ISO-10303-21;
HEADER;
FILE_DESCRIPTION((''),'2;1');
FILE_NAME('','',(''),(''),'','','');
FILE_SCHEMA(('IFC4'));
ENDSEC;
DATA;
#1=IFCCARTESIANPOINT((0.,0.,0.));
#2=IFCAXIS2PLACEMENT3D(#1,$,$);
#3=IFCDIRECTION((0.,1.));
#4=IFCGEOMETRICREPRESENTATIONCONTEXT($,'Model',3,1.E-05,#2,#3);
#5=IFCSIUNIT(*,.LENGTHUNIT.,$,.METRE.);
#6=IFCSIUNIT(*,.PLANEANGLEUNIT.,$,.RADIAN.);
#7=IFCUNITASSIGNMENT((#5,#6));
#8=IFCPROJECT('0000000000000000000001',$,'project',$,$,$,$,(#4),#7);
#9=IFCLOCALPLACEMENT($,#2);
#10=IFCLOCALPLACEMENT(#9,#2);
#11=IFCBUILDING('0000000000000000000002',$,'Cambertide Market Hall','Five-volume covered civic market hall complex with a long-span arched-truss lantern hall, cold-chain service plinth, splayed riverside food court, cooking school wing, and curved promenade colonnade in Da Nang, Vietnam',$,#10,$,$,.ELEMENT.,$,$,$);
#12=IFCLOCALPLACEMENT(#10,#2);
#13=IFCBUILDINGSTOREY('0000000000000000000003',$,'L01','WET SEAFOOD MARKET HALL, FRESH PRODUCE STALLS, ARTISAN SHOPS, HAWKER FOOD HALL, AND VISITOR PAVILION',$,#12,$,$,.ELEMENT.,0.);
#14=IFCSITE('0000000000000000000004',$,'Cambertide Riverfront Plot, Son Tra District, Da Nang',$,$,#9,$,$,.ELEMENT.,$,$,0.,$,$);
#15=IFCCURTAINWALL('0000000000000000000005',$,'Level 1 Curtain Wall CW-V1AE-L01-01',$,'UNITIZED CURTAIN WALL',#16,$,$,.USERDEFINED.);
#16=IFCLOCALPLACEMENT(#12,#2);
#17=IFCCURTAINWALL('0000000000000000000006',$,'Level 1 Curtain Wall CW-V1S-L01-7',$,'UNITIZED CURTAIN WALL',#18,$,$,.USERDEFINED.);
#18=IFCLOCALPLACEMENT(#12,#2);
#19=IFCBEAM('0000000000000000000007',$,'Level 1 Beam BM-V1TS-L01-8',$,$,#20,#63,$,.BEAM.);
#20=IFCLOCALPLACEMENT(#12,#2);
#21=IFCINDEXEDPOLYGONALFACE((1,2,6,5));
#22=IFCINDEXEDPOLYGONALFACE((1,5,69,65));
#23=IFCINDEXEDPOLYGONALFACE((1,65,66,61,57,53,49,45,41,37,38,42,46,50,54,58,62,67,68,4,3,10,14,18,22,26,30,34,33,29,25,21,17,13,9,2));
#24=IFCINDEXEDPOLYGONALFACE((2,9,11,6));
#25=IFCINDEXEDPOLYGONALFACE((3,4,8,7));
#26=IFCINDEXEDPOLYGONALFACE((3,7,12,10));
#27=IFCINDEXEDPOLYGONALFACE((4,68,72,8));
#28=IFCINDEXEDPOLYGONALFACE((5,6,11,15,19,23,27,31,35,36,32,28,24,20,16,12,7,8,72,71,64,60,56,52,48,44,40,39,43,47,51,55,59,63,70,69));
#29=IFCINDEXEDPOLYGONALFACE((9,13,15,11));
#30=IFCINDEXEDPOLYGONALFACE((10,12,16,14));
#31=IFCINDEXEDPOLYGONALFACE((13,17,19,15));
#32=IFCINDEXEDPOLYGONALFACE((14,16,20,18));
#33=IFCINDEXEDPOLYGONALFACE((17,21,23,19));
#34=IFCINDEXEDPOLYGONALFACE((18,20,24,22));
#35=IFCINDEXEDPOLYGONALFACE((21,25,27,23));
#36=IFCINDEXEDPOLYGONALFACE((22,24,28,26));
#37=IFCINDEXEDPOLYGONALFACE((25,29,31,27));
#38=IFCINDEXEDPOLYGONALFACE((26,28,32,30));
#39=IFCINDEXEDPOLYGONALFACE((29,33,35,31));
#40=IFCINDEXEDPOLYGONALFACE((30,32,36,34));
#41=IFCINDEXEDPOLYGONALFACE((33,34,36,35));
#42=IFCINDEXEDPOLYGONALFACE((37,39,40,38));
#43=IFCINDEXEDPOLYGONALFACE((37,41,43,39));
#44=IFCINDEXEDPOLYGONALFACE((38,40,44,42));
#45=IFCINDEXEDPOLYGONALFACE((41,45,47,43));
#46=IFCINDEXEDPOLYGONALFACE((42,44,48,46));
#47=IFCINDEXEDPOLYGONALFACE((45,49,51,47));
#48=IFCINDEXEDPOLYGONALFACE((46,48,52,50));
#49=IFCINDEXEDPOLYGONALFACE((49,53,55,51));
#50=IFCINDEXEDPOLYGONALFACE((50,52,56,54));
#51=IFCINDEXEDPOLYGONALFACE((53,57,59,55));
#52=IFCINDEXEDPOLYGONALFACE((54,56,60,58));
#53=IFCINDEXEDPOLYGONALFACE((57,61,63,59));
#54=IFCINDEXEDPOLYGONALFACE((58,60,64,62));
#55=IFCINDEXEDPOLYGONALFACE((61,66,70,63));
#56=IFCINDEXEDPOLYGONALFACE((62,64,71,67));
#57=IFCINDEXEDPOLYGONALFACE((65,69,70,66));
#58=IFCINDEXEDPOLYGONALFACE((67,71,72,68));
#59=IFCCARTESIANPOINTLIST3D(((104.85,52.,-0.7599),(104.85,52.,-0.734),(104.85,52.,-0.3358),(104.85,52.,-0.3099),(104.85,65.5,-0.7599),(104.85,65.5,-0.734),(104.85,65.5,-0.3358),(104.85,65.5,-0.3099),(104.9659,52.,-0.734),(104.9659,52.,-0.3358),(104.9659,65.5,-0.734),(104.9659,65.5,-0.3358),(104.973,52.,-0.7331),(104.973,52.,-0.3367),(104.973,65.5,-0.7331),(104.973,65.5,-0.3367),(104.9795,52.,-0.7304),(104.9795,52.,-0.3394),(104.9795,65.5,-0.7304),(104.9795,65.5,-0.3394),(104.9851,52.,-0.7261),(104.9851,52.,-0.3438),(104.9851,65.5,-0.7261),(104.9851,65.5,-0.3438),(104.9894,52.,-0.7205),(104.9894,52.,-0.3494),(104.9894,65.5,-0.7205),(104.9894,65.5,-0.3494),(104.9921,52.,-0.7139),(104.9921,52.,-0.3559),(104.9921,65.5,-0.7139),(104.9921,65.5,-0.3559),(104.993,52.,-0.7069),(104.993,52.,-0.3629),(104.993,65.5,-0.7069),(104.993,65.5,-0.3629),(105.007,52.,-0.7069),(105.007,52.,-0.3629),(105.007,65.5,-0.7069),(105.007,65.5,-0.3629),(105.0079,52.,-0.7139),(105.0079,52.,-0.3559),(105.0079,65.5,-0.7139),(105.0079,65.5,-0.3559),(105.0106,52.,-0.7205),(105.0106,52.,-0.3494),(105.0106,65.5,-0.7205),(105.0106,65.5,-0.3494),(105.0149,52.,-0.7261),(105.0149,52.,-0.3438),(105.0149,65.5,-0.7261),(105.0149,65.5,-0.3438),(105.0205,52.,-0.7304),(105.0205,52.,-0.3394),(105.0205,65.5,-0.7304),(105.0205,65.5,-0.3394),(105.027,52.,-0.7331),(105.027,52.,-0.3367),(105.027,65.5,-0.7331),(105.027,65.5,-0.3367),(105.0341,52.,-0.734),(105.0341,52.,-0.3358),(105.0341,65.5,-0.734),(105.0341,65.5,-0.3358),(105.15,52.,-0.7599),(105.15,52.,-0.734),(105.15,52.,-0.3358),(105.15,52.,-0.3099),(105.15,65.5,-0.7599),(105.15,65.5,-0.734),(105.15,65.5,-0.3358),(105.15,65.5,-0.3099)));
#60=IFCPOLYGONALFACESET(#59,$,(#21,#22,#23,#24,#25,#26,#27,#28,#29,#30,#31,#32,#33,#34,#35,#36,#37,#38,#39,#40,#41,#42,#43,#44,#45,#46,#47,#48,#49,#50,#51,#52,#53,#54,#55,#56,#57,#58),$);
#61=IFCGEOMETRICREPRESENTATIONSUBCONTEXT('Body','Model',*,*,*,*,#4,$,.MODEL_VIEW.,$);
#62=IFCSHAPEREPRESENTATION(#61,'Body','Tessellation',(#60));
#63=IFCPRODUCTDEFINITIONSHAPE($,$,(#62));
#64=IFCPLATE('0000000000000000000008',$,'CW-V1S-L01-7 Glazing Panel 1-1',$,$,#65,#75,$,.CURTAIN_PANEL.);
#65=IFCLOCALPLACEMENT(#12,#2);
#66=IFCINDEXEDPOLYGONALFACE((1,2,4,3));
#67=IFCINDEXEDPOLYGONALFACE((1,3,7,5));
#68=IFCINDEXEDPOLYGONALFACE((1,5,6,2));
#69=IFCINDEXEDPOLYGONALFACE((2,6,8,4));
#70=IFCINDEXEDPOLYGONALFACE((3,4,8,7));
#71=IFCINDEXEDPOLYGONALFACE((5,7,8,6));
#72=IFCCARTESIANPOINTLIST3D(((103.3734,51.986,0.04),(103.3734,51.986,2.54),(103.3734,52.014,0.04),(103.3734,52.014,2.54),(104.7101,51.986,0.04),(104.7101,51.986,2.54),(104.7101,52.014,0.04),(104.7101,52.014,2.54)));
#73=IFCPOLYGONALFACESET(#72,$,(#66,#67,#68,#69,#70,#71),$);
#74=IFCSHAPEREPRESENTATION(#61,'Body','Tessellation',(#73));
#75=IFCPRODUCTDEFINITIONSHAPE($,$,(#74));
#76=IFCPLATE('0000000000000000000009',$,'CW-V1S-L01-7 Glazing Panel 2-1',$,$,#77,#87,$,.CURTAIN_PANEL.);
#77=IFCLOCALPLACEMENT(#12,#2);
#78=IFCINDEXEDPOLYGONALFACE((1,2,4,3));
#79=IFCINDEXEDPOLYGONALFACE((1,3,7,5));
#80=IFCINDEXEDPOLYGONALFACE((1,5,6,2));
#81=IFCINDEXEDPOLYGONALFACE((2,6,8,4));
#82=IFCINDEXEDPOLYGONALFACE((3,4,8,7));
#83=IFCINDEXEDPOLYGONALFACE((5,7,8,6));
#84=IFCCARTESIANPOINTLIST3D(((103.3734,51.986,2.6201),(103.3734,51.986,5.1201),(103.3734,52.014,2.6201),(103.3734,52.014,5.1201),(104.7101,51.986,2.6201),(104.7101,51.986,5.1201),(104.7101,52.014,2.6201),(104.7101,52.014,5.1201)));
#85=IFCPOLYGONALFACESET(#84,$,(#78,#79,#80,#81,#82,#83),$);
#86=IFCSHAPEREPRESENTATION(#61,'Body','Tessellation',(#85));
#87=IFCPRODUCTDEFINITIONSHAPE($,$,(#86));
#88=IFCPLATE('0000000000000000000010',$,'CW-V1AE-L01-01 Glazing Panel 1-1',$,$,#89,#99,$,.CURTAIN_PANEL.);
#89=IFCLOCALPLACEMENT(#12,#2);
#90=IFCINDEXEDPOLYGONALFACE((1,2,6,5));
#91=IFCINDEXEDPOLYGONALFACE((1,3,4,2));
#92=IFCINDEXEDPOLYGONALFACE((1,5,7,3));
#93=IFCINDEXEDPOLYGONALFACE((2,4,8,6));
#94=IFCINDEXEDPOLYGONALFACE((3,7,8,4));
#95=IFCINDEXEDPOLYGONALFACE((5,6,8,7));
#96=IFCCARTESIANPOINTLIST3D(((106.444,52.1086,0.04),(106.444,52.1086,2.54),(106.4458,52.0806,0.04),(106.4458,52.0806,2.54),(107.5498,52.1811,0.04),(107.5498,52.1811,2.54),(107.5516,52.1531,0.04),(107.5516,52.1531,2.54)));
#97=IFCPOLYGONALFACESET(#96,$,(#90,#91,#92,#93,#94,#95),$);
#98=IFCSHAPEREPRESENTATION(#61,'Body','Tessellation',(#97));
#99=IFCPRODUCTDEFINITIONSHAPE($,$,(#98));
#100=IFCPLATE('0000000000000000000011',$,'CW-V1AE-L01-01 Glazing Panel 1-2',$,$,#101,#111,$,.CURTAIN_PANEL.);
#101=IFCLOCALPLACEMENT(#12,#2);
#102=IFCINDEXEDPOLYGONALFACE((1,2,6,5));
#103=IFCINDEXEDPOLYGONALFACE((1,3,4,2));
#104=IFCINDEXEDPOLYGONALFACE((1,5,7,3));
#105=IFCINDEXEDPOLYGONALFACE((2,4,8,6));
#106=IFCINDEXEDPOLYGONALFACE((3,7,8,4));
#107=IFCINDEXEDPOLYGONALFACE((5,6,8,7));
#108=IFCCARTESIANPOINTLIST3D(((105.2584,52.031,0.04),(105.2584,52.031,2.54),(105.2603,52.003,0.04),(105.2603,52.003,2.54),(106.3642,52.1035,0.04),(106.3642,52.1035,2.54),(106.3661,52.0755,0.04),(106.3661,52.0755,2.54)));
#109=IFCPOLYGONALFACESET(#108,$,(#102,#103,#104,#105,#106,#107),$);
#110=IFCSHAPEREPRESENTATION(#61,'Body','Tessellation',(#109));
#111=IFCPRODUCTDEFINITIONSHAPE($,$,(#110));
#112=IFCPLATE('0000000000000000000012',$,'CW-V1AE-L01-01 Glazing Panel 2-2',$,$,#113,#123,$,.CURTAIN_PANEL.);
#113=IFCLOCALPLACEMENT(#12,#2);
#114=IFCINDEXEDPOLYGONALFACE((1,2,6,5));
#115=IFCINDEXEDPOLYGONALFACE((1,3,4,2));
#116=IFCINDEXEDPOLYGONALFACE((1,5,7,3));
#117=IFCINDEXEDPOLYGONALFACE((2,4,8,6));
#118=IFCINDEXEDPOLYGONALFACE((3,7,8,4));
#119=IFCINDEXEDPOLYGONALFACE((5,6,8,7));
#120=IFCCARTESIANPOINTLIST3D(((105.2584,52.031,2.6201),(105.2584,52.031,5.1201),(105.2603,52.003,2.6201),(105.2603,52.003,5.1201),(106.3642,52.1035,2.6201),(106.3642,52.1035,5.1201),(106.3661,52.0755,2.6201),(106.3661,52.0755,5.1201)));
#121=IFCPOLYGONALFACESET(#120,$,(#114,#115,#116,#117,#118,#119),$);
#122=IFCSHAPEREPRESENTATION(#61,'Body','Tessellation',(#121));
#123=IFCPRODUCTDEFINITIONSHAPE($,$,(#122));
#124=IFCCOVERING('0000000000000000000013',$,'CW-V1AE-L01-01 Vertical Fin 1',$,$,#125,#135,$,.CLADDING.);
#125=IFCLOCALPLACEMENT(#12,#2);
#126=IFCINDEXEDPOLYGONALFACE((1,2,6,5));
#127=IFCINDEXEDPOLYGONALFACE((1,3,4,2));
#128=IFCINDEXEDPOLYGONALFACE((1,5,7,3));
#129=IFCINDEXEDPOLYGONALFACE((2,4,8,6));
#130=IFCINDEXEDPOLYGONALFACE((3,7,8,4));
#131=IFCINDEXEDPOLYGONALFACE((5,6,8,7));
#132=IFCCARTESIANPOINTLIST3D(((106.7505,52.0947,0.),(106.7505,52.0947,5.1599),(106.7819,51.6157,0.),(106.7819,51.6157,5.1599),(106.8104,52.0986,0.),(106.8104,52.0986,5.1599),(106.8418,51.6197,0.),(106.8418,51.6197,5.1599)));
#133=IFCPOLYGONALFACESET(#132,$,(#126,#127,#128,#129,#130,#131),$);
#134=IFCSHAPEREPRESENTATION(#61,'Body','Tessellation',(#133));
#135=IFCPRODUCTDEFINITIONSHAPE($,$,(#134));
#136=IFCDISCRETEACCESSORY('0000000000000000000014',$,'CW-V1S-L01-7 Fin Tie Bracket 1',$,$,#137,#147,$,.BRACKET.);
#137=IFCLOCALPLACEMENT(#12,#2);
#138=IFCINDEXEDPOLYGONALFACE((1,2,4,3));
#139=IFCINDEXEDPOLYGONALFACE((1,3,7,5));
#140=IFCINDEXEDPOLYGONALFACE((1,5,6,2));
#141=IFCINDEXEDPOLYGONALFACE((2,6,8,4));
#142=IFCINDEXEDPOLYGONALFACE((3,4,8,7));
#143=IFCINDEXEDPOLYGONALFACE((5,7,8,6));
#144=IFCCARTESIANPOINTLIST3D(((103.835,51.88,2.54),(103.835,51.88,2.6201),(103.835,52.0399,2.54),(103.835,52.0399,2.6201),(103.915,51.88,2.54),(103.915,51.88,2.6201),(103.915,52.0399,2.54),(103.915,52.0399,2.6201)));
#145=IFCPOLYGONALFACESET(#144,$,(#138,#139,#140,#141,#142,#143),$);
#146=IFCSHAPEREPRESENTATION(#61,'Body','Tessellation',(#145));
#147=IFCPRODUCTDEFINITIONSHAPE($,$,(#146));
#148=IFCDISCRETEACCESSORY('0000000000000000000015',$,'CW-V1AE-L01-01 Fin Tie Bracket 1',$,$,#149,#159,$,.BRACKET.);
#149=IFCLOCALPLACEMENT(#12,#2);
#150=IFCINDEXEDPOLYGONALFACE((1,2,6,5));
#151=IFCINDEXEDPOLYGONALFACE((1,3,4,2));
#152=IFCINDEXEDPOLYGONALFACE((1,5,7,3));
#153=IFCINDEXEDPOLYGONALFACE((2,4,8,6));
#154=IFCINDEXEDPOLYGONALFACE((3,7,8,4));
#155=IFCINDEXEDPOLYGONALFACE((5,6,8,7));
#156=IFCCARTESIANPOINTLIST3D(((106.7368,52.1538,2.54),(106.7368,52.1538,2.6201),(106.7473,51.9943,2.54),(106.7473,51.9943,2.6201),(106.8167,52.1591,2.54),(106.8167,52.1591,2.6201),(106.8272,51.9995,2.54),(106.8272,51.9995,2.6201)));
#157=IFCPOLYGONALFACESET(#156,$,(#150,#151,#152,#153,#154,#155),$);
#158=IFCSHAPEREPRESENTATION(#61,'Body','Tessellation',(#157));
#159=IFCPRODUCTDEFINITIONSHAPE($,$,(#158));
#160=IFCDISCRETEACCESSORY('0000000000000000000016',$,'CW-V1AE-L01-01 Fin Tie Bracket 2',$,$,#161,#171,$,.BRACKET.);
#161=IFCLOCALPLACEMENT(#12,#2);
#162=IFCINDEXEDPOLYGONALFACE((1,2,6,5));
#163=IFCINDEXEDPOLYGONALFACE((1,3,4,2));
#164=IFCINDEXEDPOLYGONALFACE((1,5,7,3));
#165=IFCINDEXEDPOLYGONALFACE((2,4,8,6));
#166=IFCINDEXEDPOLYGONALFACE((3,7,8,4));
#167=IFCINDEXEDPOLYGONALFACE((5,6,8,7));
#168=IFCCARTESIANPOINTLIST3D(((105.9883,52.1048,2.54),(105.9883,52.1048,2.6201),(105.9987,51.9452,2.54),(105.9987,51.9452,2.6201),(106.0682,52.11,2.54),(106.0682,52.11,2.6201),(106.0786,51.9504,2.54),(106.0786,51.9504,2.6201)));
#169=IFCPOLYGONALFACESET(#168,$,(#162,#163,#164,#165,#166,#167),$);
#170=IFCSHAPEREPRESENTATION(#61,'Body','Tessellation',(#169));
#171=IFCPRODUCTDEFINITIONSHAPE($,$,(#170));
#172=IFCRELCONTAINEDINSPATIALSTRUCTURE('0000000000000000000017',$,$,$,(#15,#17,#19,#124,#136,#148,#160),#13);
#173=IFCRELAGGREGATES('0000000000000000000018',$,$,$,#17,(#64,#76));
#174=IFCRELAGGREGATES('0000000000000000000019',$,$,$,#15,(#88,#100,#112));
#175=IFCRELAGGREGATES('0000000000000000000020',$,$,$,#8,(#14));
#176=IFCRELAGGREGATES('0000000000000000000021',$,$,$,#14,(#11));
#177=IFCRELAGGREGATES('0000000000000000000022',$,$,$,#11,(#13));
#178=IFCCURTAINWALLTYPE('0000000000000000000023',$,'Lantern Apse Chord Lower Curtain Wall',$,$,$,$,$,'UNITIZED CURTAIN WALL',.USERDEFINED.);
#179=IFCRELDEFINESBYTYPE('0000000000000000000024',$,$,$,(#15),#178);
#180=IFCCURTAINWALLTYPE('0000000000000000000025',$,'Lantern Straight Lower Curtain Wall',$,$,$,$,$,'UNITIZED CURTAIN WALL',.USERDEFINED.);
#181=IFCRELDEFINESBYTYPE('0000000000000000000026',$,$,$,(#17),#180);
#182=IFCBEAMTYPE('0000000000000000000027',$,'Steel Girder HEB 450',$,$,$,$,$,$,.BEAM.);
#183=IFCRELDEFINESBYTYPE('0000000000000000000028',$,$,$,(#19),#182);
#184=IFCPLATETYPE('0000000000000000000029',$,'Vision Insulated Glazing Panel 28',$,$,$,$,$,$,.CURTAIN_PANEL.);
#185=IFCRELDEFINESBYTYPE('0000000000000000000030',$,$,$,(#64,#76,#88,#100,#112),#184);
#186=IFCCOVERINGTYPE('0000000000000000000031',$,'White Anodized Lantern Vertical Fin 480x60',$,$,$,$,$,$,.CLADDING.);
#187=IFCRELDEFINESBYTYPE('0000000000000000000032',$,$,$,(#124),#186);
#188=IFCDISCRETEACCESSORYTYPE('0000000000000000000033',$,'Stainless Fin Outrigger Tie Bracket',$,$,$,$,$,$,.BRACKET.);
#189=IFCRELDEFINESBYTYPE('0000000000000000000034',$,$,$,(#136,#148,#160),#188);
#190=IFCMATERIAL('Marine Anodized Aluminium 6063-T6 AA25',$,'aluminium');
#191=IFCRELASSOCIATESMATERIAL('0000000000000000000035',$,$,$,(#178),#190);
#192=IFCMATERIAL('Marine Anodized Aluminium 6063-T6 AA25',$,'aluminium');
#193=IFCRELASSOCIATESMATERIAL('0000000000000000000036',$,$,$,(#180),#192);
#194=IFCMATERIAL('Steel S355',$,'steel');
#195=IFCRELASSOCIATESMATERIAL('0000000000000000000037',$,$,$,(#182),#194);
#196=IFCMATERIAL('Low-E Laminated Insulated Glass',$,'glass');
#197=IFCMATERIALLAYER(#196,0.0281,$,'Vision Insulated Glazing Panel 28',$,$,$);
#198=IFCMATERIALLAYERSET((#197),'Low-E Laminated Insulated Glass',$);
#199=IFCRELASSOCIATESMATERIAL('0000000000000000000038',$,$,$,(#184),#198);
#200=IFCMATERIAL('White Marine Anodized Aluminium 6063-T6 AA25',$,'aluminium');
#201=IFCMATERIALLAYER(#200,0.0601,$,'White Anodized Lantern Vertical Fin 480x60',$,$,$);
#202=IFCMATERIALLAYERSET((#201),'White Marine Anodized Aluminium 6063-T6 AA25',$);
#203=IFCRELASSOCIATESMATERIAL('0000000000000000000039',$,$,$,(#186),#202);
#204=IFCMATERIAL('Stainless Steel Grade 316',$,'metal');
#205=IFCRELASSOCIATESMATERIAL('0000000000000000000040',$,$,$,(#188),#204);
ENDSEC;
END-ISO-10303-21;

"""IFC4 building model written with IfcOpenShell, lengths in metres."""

from ifc_helpers import new_model, si_unit, direction, frame, origin, origin_2d, place, context, subcontext, project, spatial, rectangle, i_section, extrude, material, layer, layer_set, material_profile, profile_set, type_object, element, aggregate, save


model = new_model("IFC4")

# Units and contexts
model_context = context("Model", 3, precision=1e-05, world=origin(), true_north=direction((0.0, 1.0)))
body_context = subcontext(model_context, "Body", "Model", "MODEL_VIEW")
ifc_project = project(units=[si_unit("LENGTHUNIT", "METRE"), si_unit("PLANEANGLEUNIT", "RADIAN")], contexts=[model_context])

# Site, building, storey
site_placement = place(None, origin())
site = spatial("IfcSite", under=ifc_project, at=site_placement, Name="Cambertide Riverfront Plot, Son Tra District, Da Nang", CompositionType="ELEMENT", RefElevation=0.0)
building_placement = place(site_placement, origin())
building = spatial("IfcBuilding", under=site, at=building_placement, Name="Cambertide Market Hall", Description="Five-volume covered civic market hall complex with a long-span arched-truss lantern hall, cold-chain service plinth, splayed riverside food court, cooking school wing, and curved promenade colonnade in Da Nang, Vietnam", CompositionType="ELEMENT")
storey_placement = place(building_placement, origin())
storey = spatial("IfcBuildingStorey", under=building, at=storey_placement, Name="L01", Description="WET SEAFOOD MARKET HALL, FRESH PRODUCE STALLS, ARTISAN SHOPS, HAWKER FOOD HALL, AND VISITOR PAVILION", CompositionType="ELEMENT", Elevation=0.0)

# Curtain walls
ifc_material_1 = material(Name="Marine Anodized Aluminium 6063-T6 AA25", Category="aluminium")
curtain_wall_type_1 = type_object("IfcCurtainWallType", Name="Lantern Apse Chord Lower Curtain Wall", ElementType="UNITIZED CURTAIN WALL", PredefinedType="USERDEFINED", material=ifc_material_1)
curtain_wall_1_placement = place(storey_placement, origin())
curtain_wall_1 = element("IfcCurtainWall", 1, at=curtain_wall_1_placement, inside=storey, type_object=curtain_wall_type_1, Name="Level 1 Curtain Wall CW-V1AE-L01-01", ObjectType="UNITIZED CURTAIN WALL", PredefinedType="USERDEFINED")
ifc_material_2 = material(Name="Marine Anodized Aluminium 6063-T6 AA25", Category="aluminium")
curtain_wall_type_2 = type_object("IfcCurtainWallType", Name="Lantern Straight Lower Curtain Wall", ElementType="UNITIZED CURTAIN WALL", PredefinedType="USERDEFINED", material=ifc_material_2)
curtain_wall_2_placement = place(storey_placement, origin())
curtain_wall_2 = element("IfcCurtainWall", 2, at=curtain_wall_2_placement, inside=storey, type_object=curtain_wall_type_2, Name="Level 1 Curtain Wall CW-V1S-L01-7", ObjectType="UNITIZED CURTAIN WALL", PredefinedType="USERDEFINED")

# Beam
ifc_material_3 = material(Name="Steel S355", Category="steel")
ifc_material_profile_1 = material_profile(ifc_material_3, i_section(OverallWidth=0.3, OverallDepth=0.45, WebThickness=0.0139, FlangeThickness=0.0259, FilletRadius=0.0271, at=origin_2d()), Name="HEB 450")
ifc_profile_set_1 = profile_set([ifc_material_profile_1], Name="Steel S355")
beam_type_1 = type_object("IfcBeamType", Name="Steel Girder HEB 450", PredefinedType="BEAM", material=ifc_profile_set_1)
beam_1_placement = place(storey_placement, frame((105.0, 52.0, -0.5349), z_axis=(0.0, 1.0, 0.0), x_axis=(-1.0, 0.0, 0.0)))
element("IfcBeam", 3, at=beam_1_placement, inside=storey, type_object=beam_type_1, Name="Level 1 Beam BM-V1TS-L01-8", PredefinedType="BEAM", context=body_context, shape_type="SweptSolid", body=[
    extrude(i_section(OverallWidth=0.3, OverallDepth=0.45, WebThickness=0.0139, FlangeThickness=0.0259, FilletRadius=0.0271, at=origin_2d()), origin(), (0.0, 0.0, 1.0), 13.5),
])

# Plates
ifc_material_4 = material(Name="Low-E Laminated Insulated Glass", Category="glass")
ifc_layer_1 = layer(ifc_material_4, 0.0281, Name="Vision Insulated Glazing Panel 28")
ifc_layer_set_1 = layer_set([ifc_layer_1], Name="Low-E Laminated Insulated Glass")
plate_type = type_object("IfcPlateType", Name="Vision Insulated Glazing Panel 28", PredefinedType="CURTAIN_PANEL", material=ifc_layer_set_1)
plate_1_placement = place(storey_placement, frame((104.0417, 52.0, 0.04), z_axis=(0.0, 0.0, 1.0), x_axis=(-1.0, 0.0, 0.0)))
plate_1 = element("IfcPlate", 4, at=plate_1_placement, type_object=plate_type, Name="CW-V1S-L01-7 Glazing Panel 1-1", PredefinedType="CURTAIN_PANEL", context=body_context, shape_type="SweptSolid", body=[
    extrude(rectangle(XDim=1.3367, YDim=0.0281, at=origin_2d()), origin(), (0.0, 0.0, 1.0), 2.5),
])
plate_2_placement = place(storey_placement, frame((104.0417, 52.0, 2.6201), z_axis=(0.0, 0.0, 1.0), x_axis=(-1.0, 0.0, 0.0)))
plate_2 = element("IfcPlate", 5, at=plate_2_placement, type_object=plate_type, Name="CW-V1S-L01-7 Glazing Panel 2-1", PredefinedType="CURTAIN_PANEL", context=body_context, shape_type="SweptSolid", body=[
    extrude(rectangle(XDim=1.3367, YDim=0.0281, at=origin_2d()), origin(), (0.0, 0.0, 1.0), 2.5),
])
aggregate(curtain_wall_2, [plate_1, plate_2])
plate_3_placement = place(storey_placement, frame((106.9978, 52.1309, 0.04), z_axis=(0.0, 0.0, 1.0), x_axis=(-0.997859, -0.065403, 0.0)))
plate_3 = element("IfcPlate", 6, at=plate_3_placement, type_object=plate_type, Name="CW-V1AE-L01-01 Glazing Panel 1-1", PredefinedType="CURTAIN_PANEL", context=body_context, shape_type="SweptSolid", body=[
    extrude(rectangle(XDim=1.1082, YDim=0.0281, at=origin_2d()), origin(), (0.0, 0.0, 1.0), 2.5),
])
plate_4_placement = place(storey_placement, frame((105.8123, 52.0532, 0.04), z_axis=(0.0, 0.0, 1.0), x_axis=(-0.997859, -0.065403, 0.0)))
plate_4 = element("IfcPlate", 7, at=plate_4_placement, type_object=plate_type, Name="CW-V1AE-L01-01 Glazing Panel 1-2", PredefinedType="CURTAIN_PANEL", context=body_context, shape_type="SweptSolid", body=[
    extrude(rectangle(XDim=1.1082, YDim=0.0281, at=origin_2d()), origin(), (0.0, 0.0, 1.0), 2.5),
])
plate_5_placement = place(storey_placement, frame((105.8123, 52.0532, 2.6201), z_axis=(0.0, 0.0, 1.0), x_axis=(-0.997859, -0.065403, 0.0)))
plate_5 = element("IfcPlate", 8, at=plate_5_placement, type_object=plate_type, Name="CW-V1AE-L01-01 Glazing Panel 2-2", PredefinedType="CURTAIN_PANEL", context=body_context, shape_type="SweptSolid", body=[
    extrude(rectangle(XDim=1.1082, YDim=0.0281, at=origin_2d()), origin(), (0.0, 0.0, 1.0), 2.5),
])
aggregate(curtain_wall_1, [plate_3, plate_4, plate_5])

# Covering
ifc_material_5 = material(Name="White Marine Anodized Aluminium 6063-T6 AA25", Category="aluminium")
ifc_layer_2 = layer(ifc_material_5, 0.0601, Name="White Anodized Lantern Vertical Fin 480x60")
ifc_layer_set_2 = layer_set([ifc_layer_2], Name="White Marine Anodized Aluminium 6063-T6 AA25")
covering_type = type_object("IfcCoveringType", Name="White Anodized Lantern Vertical Fin 480x60", PredefinedType="CLADDING", material=ifc_layer_set_2)
covering_placement = place(storey_placement, frame((106.7961, 51.8572, 0.0), z_axis=(0.0, 0.0, 1.0), x_axis=(-0.997859, -0.065403, 0.0)))
element("IfcCovering", 9, at=covering_placement, inside=storey, type_object=covering_type, Name="CW-V1AE-L01-01 Vertical Fin 1", PredefinedType="CLADDING", context=body_context, shape_type="SweptSolid", body=[
    extrude(rectangle(XDim=0.0601, YDim=0.48, at=origin_2d()), origin(), (0.0, 0.0, 1.0), 5.1599),
])

# Discrete accessories
ifc_material_6 = material(Name="Stainless Steel Grade 316", Category="metal")
discrete_accessory_type = type_object("IfcDiscreteAccessoryType", Name="Stainless Fin Outrigger Tie Bracket", PredefinedType="BRACKET", material=ifc_material_6)
for number, where, z_axis, x_axis, name in (
    (10, (103.875, 51.96, 2.54), (0.0, 0.0, 1.0), (-1.0, 0.0, 0.0), "CW-V1S-L01-7 Fin Tie Bracket 1"),
    (11, (106.782, 52.0767, 2.54), (0.0, 0.0, 1.0), (-0.997859, -0.065403, 0.0), "CW-V1AE-L01-01 Fin Tie Bracket 1"),
    (12, (106.0334, 52.0276, 2.54), (0.0, 0.0, 1.0), (-0.997859, -0.065403, 0.0), "CW-V1AE-L01-01 Fin Tie Bracket 2"),
):
    element("IfcDiscreteAccessory", number, at=place(storey_placement, frame(where, z_axis=z_axis, x_axis=x_axis)), inside=storey, type_object=discrete_accessory_type, Name=name, PredefinedType="BRACKET", context=body_context, shape_type="SweptSolid", body=[
        extrude(rectangle(XDim=0.0801, YDim=0.1599, at=origin_2d()), origin(), (0.0, 0.0, 1.0), 0.0801),
    ])

save(model, "model.ifc")
